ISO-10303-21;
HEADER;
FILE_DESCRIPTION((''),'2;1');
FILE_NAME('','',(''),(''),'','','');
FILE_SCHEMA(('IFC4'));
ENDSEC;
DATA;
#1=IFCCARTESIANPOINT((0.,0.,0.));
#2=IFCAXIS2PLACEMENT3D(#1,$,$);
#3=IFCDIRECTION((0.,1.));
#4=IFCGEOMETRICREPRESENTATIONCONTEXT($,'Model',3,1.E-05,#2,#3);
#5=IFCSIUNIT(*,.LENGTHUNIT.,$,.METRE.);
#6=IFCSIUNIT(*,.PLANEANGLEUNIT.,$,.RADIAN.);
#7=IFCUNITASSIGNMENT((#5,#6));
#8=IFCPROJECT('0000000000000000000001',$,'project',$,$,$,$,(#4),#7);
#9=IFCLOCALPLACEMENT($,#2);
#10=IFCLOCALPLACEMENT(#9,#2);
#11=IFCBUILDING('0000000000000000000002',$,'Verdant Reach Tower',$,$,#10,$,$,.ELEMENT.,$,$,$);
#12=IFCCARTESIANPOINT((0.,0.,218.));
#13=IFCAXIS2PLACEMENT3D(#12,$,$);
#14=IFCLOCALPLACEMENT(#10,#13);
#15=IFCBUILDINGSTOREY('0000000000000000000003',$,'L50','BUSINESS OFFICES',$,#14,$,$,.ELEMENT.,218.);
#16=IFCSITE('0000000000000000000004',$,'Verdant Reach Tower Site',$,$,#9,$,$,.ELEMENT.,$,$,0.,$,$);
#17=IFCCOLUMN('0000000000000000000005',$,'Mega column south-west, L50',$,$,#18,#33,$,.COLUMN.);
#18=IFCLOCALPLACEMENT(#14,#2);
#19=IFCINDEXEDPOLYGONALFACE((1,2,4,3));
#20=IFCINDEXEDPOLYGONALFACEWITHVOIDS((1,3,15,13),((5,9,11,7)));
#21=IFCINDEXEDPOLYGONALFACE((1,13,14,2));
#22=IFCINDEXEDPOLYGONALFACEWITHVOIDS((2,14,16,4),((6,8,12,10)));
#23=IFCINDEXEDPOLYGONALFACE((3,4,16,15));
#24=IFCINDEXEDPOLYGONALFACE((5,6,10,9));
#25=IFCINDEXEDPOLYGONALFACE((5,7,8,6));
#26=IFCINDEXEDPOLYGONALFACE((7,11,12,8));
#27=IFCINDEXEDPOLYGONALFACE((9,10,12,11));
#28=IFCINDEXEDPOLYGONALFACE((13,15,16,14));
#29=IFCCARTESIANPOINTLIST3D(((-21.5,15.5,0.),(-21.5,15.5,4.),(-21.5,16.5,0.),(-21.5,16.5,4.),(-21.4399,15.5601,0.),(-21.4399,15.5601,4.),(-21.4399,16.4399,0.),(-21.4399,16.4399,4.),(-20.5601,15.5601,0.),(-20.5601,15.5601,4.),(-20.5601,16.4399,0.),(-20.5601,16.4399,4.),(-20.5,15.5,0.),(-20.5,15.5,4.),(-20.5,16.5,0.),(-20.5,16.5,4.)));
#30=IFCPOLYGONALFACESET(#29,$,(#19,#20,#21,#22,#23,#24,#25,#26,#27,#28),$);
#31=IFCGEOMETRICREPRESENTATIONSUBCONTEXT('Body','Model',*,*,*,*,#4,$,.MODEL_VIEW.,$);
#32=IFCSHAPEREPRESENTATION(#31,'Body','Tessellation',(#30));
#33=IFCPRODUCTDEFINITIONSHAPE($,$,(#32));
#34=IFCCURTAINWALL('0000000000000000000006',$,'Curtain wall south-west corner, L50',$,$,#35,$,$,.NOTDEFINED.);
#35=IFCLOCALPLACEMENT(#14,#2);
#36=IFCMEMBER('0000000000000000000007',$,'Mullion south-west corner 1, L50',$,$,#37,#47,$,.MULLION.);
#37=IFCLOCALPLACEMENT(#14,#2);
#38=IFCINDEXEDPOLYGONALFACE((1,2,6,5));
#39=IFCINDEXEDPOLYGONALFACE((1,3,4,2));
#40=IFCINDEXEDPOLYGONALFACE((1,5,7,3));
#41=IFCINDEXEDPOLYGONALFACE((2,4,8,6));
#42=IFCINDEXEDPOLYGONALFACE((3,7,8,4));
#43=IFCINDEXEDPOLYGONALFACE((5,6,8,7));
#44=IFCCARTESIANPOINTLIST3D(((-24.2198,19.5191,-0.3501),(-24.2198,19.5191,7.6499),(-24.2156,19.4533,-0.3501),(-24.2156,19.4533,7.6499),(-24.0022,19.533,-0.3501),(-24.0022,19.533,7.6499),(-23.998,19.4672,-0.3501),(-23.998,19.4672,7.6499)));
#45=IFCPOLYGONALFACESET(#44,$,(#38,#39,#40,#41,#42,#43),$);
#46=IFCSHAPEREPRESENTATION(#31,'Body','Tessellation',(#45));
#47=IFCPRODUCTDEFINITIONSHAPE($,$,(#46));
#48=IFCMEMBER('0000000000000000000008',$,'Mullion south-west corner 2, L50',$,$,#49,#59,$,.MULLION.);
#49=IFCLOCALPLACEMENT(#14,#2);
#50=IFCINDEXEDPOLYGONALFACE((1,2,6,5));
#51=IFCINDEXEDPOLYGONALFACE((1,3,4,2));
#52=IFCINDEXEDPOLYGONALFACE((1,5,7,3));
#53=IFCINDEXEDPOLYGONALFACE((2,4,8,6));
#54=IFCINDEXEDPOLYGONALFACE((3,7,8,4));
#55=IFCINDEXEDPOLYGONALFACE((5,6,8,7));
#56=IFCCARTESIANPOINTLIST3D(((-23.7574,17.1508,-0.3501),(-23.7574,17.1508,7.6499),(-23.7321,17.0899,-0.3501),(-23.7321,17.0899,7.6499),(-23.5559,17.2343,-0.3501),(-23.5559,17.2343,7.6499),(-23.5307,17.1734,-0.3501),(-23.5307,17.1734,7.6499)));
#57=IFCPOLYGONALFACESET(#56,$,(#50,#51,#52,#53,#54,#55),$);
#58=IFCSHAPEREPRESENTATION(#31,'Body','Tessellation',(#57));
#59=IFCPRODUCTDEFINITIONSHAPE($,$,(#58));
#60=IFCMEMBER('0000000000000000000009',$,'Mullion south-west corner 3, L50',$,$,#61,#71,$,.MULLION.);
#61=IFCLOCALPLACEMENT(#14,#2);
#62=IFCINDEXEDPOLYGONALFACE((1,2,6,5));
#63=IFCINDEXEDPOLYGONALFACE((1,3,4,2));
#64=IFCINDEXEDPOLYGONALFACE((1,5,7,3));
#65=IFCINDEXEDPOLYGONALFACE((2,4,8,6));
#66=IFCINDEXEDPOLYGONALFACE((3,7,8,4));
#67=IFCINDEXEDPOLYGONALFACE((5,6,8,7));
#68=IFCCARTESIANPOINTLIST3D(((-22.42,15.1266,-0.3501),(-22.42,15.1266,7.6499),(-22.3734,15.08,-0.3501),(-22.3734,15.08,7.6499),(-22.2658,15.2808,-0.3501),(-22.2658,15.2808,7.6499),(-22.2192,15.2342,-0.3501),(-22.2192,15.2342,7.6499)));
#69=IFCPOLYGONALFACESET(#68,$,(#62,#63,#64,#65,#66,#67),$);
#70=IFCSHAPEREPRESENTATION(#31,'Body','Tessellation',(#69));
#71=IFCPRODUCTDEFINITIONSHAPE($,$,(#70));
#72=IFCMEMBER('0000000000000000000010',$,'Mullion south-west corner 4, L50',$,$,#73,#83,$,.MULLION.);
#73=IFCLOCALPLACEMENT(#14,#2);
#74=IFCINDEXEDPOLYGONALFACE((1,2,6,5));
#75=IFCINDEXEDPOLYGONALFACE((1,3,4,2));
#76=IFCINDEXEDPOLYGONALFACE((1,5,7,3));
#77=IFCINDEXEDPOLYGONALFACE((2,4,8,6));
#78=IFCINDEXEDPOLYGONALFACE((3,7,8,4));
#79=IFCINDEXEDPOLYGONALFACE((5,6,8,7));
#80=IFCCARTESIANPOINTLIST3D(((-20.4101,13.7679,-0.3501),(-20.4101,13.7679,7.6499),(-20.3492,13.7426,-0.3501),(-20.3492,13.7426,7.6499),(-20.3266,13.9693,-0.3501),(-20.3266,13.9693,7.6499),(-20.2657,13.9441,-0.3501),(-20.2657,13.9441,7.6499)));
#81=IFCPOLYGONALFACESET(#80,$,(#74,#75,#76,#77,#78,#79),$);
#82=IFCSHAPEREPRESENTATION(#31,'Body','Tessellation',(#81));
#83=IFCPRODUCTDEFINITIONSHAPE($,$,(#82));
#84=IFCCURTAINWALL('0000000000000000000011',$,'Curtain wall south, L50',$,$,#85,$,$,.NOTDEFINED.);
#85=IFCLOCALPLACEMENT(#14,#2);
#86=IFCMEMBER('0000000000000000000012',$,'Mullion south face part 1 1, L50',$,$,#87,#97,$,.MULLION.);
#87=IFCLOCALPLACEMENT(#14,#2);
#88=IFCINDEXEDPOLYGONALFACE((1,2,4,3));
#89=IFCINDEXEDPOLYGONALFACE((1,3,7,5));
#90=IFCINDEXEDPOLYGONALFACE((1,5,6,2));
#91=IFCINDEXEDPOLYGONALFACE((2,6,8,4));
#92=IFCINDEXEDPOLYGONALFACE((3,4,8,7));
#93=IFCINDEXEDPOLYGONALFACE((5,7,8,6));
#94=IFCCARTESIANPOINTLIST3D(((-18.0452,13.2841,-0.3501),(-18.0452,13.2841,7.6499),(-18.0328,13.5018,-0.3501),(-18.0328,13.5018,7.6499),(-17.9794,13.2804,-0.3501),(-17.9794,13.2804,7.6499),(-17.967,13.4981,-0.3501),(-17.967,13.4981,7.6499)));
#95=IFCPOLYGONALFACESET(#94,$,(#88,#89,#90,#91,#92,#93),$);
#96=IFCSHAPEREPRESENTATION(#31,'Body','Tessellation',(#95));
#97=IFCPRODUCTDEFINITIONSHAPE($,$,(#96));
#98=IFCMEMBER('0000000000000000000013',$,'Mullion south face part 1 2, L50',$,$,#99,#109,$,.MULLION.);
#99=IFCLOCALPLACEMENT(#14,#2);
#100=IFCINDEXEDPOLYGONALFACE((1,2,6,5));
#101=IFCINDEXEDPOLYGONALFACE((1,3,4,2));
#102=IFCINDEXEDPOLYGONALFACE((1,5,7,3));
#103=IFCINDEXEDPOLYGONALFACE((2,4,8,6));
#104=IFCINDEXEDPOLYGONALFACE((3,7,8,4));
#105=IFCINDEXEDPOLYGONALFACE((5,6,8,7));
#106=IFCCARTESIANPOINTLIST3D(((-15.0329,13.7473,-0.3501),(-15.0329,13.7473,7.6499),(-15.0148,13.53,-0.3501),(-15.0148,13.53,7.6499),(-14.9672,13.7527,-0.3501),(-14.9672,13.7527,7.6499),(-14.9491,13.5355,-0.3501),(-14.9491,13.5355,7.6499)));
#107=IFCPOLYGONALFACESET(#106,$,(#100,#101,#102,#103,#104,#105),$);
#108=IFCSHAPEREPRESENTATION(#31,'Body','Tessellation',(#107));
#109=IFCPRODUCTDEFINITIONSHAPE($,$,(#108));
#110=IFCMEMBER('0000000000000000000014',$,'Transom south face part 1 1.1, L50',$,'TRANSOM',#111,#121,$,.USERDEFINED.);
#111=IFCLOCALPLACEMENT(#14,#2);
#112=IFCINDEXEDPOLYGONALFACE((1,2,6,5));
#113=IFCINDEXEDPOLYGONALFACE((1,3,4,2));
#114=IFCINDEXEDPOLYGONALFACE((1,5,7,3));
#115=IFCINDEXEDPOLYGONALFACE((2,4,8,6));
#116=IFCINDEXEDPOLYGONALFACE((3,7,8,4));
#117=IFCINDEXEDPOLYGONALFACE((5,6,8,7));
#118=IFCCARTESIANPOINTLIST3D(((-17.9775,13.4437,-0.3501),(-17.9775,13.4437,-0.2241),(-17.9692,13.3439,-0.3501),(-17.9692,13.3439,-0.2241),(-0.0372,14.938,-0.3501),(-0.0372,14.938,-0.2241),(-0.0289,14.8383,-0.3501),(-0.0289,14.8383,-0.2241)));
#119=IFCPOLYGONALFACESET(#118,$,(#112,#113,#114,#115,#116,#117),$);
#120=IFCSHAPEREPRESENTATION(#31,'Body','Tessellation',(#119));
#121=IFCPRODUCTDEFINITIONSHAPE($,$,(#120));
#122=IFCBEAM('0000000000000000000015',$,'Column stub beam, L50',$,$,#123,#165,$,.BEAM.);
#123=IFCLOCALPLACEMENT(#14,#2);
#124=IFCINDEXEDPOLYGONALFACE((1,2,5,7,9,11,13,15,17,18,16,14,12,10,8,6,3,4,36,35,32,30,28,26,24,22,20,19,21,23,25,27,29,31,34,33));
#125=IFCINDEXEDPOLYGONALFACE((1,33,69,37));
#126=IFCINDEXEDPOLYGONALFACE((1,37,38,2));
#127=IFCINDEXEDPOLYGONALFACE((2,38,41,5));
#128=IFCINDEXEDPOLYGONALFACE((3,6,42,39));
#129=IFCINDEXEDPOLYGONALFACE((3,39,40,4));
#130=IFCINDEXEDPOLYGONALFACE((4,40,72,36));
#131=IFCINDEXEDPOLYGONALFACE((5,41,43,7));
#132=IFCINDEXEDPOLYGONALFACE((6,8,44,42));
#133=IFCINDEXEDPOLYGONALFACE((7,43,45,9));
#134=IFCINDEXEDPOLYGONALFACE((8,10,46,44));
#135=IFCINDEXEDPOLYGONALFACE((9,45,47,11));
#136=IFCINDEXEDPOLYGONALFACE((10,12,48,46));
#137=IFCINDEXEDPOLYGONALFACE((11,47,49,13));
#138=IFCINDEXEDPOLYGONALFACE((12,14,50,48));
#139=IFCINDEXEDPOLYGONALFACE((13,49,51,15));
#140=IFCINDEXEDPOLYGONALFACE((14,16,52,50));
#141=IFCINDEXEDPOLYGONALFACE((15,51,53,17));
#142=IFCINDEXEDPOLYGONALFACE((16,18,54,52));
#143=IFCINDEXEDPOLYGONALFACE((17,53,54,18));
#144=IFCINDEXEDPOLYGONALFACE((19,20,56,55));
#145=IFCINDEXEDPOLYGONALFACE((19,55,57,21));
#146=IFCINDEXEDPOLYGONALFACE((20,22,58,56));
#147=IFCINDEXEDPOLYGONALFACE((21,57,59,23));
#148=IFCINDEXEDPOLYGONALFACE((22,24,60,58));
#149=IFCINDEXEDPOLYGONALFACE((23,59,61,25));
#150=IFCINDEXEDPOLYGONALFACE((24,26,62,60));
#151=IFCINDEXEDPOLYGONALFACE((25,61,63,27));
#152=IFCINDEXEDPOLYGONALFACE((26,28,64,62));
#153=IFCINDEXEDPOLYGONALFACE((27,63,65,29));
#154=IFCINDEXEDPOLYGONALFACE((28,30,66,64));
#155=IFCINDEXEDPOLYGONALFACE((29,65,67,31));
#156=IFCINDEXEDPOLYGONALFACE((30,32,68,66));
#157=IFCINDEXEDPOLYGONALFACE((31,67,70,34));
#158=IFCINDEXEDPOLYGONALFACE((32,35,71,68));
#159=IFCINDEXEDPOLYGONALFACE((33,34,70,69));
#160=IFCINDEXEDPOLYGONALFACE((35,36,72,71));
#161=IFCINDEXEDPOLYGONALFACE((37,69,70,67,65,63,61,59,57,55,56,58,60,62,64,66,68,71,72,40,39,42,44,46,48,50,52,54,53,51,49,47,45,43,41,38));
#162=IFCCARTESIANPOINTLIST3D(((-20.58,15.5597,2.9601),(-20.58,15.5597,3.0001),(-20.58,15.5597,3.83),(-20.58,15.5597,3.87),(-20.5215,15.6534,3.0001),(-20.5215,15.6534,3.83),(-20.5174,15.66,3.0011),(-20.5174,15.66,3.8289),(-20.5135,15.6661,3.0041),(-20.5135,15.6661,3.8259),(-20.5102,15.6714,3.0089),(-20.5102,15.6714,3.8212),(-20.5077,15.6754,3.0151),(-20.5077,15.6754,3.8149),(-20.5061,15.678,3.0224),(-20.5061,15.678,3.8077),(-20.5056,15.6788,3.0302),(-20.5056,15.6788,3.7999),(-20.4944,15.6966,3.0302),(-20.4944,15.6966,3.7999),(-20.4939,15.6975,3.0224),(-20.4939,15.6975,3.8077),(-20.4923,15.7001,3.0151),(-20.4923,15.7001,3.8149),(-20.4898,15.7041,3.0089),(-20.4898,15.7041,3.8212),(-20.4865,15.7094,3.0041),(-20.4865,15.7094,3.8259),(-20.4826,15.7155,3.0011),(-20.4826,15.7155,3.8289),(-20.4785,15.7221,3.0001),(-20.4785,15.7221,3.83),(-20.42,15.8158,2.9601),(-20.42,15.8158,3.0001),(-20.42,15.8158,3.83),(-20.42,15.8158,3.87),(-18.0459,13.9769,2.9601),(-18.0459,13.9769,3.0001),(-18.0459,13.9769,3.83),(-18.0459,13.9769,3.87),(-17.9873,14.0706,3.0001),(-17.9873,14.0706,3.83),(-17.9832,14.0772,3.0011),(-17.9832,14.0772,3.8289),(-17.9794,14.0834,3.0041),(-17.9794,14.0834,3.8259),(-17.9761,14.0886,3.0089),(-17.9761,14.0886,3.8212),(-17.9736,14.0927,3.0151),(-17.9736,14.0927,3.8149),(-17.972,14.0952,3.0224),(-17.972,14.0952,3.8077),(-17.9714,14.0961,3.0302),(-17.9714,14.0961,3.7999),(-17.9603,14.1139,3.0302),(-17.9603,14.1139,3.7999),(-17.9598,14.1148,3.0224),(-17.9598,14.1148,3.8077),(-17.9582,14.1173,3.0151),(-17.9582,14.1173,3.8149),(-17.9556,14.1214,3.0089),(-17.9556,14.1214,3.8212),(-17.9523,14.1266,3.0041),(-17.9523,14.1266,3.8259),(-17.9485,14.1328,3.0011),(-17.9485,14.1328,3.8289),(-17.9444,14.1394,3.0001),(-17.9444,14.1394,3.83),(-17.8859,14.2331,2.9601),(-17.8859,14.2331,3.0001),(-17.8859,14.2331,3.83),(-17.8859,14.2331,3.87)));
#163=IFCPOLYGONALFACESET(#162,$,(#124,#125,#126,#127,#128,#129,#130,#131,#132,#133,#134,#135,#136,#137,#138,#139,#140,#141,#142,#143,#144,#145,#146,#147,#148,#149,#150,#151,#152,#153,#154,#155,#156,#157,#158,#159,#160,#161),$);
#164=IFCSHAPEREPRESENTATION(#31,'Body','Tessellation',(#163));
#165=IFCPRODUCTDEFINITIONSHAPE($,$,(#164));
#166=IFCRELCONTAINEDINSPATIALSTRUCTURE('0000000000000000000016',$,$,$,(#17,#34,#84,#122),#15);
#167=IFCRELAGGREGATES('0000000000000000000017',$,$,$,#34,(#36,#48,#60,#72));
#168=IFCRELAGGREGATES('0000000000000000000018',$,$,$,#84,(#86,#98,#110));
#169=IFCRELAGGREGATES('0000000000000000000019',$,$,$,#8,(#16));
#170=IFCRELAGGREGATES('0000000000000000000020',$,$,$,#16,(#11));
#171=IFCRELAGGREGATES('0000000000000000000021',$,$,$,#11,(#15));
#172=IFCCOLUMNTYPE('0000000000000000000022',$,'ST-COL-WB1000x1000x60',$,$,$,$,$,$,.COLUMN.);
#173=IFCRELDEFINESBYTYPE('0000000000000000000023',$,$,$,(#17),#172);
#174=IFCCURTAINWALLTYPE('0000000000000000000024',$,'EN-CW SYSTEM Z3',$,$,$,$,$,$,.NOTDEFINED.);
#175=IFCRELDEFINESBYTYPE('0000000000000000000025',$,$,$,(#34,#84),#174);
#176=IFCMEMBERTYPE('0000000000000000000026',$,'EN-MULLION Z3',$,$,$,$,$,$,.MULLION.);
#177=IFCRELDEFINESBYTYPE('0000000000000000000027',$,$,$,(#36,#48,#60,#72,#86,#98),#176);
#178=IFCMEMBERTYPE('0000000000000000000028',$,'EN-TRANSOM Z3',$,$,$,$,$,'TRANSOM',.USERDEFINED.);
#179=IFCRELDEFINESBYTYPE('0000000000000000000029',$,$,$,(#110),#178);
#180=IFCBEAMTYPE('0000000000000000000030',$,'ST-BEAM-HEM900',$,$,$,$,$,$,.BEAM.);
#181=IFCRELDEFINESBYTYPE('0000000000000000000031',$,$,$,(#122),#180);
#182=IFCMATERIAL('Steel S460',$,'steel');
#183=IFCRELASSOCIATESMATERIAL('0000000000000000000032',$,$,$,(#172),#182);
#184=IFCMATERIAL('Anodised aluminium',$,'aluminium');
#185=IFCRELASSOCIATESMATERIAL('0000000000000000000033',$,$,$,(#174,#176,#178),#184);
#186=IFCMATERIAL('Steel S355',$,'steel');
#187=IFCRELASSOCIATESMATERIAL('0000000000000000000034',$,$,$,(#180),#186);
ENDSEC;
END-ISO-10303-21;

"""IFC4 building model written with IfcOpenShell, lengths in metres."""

from ifc_helpers import new_model, si_unit, direction, frame, origin, origin_2d, place, context, subcontext, project, spatial, rectangle, hollow_rectangle, i_section, extrude, material, material_profile, profile_set, type_object, element, aggregate, save


model = new_model("IFC4")

# Units and contexts
model_context = context("Model", 3, precision=1e-05, world=origin(), true_north=direction((0.0, 1.0)))
body_context = subcontext(model_context, "Body", "Model", "MODEL_VIEW")
ifc_project = project(units=[si_unit("LENGTHUNIT", "METRE"), si_unit("PLANEANGLEUNIT", "RADIAN")], contexts=[model_context])

# Site, building, storey
site_placement = place(None, origin())
site = spatial("IfcSite", under=ifc_project, at=site_placement, Name="Verdant Reach Tower Site", CompositionType="ELEMENT", RefElevation=0.0)
building_placement = place(site_placement, origin())
building = spatial("IfcBuilding", under=site, at=building_placement, Name="Verdant Reach Tower", CompositionType="ELEMENT")
storey_placement = place(building_placement, frame((0.0, 0.0, 218.0)))
storey = spatial("IfcBuildingStorey", under=building, at=storey_placement, Name="L50", Description="BUSINESS OFFICES", CompositionType="ELEMENT", Elevation=218.0)

# Column
ifc_material_1 = material(Name="Steel S460", Category="steel")
ifc_material_profile_1 = material_profile(ifc_material_1, hollow_rectangle(XDim=1.0, YDim=1.0, WallThickness=0.0601, at=origin_2d()), Name="WB 1000x1000x60")
ifc_profile_set_1 = profile_set([ifc_material_profile_1], Name="Steel S460")
column_type = type_object("IfcColumnType", Name="ST-COL-WB1000x1000x60", PredefinedType="COLUMN", material=ifc_profile_set_1)
column_placement = place(storey_placement, frame((-21.0, 16.0, 0.0), z_axis=(0.0, 0.0, 1.0), x_axis=(1.0, 0.0, 0.0)))
element("IfcColumn", 1, at=column_placement, inside=storey, type_object=column_type, Name="Mega column south-west, L50", PredefinedType="COLUMN", context=body_context, shape_type="SweptSolid", body=[
    extrude(hollow_rectangle(XDim=1.0, YDim=1.0, WallThickness=0.0601, at=origin_2d()), origin(), (0.0, 0.0, 1.0), 4.0),
])

# Curtain walls, members
ifc_material_2 = material(Name="Anodised aluminium", Category="aluminium")
curtain_wall_type = type_object("IfcCurtainWallType", Name="EN-CW SYSTEM Z3", PredefinedType="NOTDEFINED", material=ifc_material_2)
curtain_wall_1_placement = place(storey_placement, origin())
curtain_wall_1 = element("IfcCurtainWall", 2, at=curtain_wall_1_placement, inside=storey, type_object=curtain_wall_type, Name="Curtain wall south-west corner, L50", PredefinedType="NOTDEFINED")
ifc_material_profile_2 = material_profile(ifc_material_2, rectangle(XDim=0.218, YDim=0.0659, at=origin_2d()), Name="Mullion 66x218")
ifc_profile_set_2 = profile_set([ifc_material_profile_2], Name="Anodised aluminium")
member_type_1 = type_object("IfcMemberType", Name="EN-MULLION Z3", PredefinedType="MULLION", material=ifc_profile_set_2)
member_1_placement = place(storey_placement, frame((-24.1089, 19.4932, -0.3501), z_axis=(0.0, 0.0, 1.0), x_axis=(-0.997969, -0.063699, 0.0)))
member_1 = element("IfcMember", 3, at=member_1_placement, type_object=member_type_1, Name="Mullion south-west corner 1, L50", PredefinedType="MULLION", context=body_context, shape_type="SweptSolid", body=[
    extrude(rectangle(XDim=0.218, YDim=0.0659, at=origin_2d()), origin(), (0.0, 0.0, 1.0), 8.0),
])
member_2_placement = place(storey_placement, frame((-23.644, 17.1621, -0.3501), z_axis=(0.0, 0.0, 1.0), x_axis=(-0.923875, -0.382694, 0.0)))
member_2 = element("IfcMember", 4, at=member_2_placement, type_object=member_type_1, Name="Mullion south-west corner 2, L50", PredefinedType="MULLION", context=body_context, shape_type="SweptSolid", body=[
    extrude(rectangle(XDim=0.218, YDim=0.0659, at=origin_2d()), origin(), (0.0, 0.0, 1.0), 8.0),
])
member_3_placement = place(storey_placement, frame((-22.3196, 15.1804, -0.3501), z_axis=(0.0, 0.0, 1.0), x_axis=(-0.707107, -0.707107, 0.0)))
member_3 = element("IfcMember", 5, at=member_3_placement, type_object=member_type_1, Name="Mullion south-west corner 3, L50", PredefinedType="MULLION", context=body_context, shape_type="SweptSolid", body=[
    extrude(rectangle(XDim=0.218, YDim=0.0659, at=origin_2d()), origin(), (0.0, 0.0, 1.0), 8.0),
])
member_4_placement = place(storey_placement, frame((-20.3379, 13.856, -0.3501), z_axis=(0.0, 0.0, 1.0), x_axis=(-0.382694, -0.923875, 0.0)))
member_4 = element("IfcMember", 6, at=member_4_placement, type_object=member_type_1, Name="Mullion south-west corner 4, L50", PredefinedType="MULLION", context=body_context, shape_type="SweptSolid", body=[
    extrude(rectangle(XDim=0.218, YDim=0.0659, at=origin_2d()), origin(), (0.0, 0.0, 1.0), 8.0),
])
curtain_wall_2_placement = place(storey_placement, origin())
curtain_wall_2 = element("IfcCurtainWall", 7, at=curtain_wall_2_placement, inside=storey, type_object=curtain_wall_type, Name="Curtain wall south, L50", PredefinedType="NOTDEFINED")
member_5_placement = place(storey_placement, frame((-18.0061, 13.3911, -0.3501), z_axis=(0.0, 0.0, 1.0), x_axis=(-0.056569, -0.998399, 0.0)))
member_5 = element("IfcMember", 8, at=member_5_placement, type_object=member_type_1, Name="Mullion south face part 1 1, L50", PredefinedType="MULLION", context=body_context, shape_type="SweptSolid", body=[
    extrude(rectangle(XDim=0.218, YDim=0.0659, at=origin_2d()), origin(), (0.0, 0.0, 1.0), 8.0),
])
member_6_placement = place(storey_placement, frame((-14.991, 13.6414, -0.3501), z_axis=(0.0, 0.0, 1.0), x_axis=(0.083045, -0.996546, 0.0)))
member_6 = element("IfcMember", 9, at=member_6_placement, type_object=member_type_1, Name="Mullion south face part 1 2, L50", PredefinedType="MULLION", context=body_context, shape_type="SweptSolid", body=[
    extrude(rectangle(XDim=0.218, YDim=0.0659, at=origin_2d()), origin(), (0.0, 0.0, 1.0), 8.0),
])
ifc_material_profile_3 = material_profile(ifc_material_2, rectangle(XDim=0.1001, YDim=0.126, at=origin_2d()), Name="Transom 126x100")
ifc_profile_set_3 = profile_set([ifc_material_profile_3], Name="Anodised aluminium")
member_type_2 = type_object("IfcMemberType", Name="EN-TRANSOM Z3", ElementType="TRANSOM", PredefinedType="USERDEFINED", material=ifc_profile_set_3)
member_7_placement = place(storey_placement, frame((-17.9734, 13.3938, -0.2871), z_axis=(0.996549, 0.08301, 0.0), x_axis=(-0.08301, 0.996549, 0.0)))
member_7 = element("IfcMember", 10, at=member_7_placement, type_object=member_type_2, Name="Transom south face part 1 1.1, L50", ObjectType="TRANSOM", PredefinedType="USERDEFINED", context=body_context, shape_type="SweptSolid", body=[
    extrude(rectangle(XDim=0.1001, YDim=0.126, at=origin_2d()), origin(), (0.0, 0.0, 1.0), 18.0024),
])

# Beam
ifc_material_3 = material(Name="Steel S355", Category="steel")
ifc_material_profile_4 = material_profile(ifc_material_3, i_section(OverallWidth=0.302, OverallDepth=0.9099, WebThickness=0.021, FlangeThickness=0.04, FilletRadius=0.03, at=origin_2d()), Name="HEM 900")
ifc_profile_set_4 = profile_set([ifc_material_profile_4], Name="Steel S355")
beam_type_1 = type_object("IfcBeamType", Name="ST-BEAM-HEM900", PredefinedType="BEAM", material=ifc_profile_set_4)
beam_1_placement = place(storey_placement, frame((-20.5, 15.6877, 3.415), z_axis=(0.848164, -0.529735, 0.0), x_axis=(0.529735, 0.848164, 0.0)))
element("IfcBeam", 11, at=beam_1_placement, inside=storey, type_object=beam_type_1, Name="Column stub beam, L50", PredefinedType="BEAM", context=body_context, shape_type="SweptSolid", body=[
    extrude(i_section(OverallWidth=0.302, OverallDepth=0.9099, WebThickness=0.021, FlangeThickness=0.04, FilletRadius=0.03, at=origin_2d()), origin(), (0.0, 0.0, 1.0), 2.9878),
])

aggregate(curtain_wall_1, [member_1, member_2, member_3, member_4])
aggregate(curtain_wall_2, [member_5, member_6, member_7])

save(model, "model.ifc")
